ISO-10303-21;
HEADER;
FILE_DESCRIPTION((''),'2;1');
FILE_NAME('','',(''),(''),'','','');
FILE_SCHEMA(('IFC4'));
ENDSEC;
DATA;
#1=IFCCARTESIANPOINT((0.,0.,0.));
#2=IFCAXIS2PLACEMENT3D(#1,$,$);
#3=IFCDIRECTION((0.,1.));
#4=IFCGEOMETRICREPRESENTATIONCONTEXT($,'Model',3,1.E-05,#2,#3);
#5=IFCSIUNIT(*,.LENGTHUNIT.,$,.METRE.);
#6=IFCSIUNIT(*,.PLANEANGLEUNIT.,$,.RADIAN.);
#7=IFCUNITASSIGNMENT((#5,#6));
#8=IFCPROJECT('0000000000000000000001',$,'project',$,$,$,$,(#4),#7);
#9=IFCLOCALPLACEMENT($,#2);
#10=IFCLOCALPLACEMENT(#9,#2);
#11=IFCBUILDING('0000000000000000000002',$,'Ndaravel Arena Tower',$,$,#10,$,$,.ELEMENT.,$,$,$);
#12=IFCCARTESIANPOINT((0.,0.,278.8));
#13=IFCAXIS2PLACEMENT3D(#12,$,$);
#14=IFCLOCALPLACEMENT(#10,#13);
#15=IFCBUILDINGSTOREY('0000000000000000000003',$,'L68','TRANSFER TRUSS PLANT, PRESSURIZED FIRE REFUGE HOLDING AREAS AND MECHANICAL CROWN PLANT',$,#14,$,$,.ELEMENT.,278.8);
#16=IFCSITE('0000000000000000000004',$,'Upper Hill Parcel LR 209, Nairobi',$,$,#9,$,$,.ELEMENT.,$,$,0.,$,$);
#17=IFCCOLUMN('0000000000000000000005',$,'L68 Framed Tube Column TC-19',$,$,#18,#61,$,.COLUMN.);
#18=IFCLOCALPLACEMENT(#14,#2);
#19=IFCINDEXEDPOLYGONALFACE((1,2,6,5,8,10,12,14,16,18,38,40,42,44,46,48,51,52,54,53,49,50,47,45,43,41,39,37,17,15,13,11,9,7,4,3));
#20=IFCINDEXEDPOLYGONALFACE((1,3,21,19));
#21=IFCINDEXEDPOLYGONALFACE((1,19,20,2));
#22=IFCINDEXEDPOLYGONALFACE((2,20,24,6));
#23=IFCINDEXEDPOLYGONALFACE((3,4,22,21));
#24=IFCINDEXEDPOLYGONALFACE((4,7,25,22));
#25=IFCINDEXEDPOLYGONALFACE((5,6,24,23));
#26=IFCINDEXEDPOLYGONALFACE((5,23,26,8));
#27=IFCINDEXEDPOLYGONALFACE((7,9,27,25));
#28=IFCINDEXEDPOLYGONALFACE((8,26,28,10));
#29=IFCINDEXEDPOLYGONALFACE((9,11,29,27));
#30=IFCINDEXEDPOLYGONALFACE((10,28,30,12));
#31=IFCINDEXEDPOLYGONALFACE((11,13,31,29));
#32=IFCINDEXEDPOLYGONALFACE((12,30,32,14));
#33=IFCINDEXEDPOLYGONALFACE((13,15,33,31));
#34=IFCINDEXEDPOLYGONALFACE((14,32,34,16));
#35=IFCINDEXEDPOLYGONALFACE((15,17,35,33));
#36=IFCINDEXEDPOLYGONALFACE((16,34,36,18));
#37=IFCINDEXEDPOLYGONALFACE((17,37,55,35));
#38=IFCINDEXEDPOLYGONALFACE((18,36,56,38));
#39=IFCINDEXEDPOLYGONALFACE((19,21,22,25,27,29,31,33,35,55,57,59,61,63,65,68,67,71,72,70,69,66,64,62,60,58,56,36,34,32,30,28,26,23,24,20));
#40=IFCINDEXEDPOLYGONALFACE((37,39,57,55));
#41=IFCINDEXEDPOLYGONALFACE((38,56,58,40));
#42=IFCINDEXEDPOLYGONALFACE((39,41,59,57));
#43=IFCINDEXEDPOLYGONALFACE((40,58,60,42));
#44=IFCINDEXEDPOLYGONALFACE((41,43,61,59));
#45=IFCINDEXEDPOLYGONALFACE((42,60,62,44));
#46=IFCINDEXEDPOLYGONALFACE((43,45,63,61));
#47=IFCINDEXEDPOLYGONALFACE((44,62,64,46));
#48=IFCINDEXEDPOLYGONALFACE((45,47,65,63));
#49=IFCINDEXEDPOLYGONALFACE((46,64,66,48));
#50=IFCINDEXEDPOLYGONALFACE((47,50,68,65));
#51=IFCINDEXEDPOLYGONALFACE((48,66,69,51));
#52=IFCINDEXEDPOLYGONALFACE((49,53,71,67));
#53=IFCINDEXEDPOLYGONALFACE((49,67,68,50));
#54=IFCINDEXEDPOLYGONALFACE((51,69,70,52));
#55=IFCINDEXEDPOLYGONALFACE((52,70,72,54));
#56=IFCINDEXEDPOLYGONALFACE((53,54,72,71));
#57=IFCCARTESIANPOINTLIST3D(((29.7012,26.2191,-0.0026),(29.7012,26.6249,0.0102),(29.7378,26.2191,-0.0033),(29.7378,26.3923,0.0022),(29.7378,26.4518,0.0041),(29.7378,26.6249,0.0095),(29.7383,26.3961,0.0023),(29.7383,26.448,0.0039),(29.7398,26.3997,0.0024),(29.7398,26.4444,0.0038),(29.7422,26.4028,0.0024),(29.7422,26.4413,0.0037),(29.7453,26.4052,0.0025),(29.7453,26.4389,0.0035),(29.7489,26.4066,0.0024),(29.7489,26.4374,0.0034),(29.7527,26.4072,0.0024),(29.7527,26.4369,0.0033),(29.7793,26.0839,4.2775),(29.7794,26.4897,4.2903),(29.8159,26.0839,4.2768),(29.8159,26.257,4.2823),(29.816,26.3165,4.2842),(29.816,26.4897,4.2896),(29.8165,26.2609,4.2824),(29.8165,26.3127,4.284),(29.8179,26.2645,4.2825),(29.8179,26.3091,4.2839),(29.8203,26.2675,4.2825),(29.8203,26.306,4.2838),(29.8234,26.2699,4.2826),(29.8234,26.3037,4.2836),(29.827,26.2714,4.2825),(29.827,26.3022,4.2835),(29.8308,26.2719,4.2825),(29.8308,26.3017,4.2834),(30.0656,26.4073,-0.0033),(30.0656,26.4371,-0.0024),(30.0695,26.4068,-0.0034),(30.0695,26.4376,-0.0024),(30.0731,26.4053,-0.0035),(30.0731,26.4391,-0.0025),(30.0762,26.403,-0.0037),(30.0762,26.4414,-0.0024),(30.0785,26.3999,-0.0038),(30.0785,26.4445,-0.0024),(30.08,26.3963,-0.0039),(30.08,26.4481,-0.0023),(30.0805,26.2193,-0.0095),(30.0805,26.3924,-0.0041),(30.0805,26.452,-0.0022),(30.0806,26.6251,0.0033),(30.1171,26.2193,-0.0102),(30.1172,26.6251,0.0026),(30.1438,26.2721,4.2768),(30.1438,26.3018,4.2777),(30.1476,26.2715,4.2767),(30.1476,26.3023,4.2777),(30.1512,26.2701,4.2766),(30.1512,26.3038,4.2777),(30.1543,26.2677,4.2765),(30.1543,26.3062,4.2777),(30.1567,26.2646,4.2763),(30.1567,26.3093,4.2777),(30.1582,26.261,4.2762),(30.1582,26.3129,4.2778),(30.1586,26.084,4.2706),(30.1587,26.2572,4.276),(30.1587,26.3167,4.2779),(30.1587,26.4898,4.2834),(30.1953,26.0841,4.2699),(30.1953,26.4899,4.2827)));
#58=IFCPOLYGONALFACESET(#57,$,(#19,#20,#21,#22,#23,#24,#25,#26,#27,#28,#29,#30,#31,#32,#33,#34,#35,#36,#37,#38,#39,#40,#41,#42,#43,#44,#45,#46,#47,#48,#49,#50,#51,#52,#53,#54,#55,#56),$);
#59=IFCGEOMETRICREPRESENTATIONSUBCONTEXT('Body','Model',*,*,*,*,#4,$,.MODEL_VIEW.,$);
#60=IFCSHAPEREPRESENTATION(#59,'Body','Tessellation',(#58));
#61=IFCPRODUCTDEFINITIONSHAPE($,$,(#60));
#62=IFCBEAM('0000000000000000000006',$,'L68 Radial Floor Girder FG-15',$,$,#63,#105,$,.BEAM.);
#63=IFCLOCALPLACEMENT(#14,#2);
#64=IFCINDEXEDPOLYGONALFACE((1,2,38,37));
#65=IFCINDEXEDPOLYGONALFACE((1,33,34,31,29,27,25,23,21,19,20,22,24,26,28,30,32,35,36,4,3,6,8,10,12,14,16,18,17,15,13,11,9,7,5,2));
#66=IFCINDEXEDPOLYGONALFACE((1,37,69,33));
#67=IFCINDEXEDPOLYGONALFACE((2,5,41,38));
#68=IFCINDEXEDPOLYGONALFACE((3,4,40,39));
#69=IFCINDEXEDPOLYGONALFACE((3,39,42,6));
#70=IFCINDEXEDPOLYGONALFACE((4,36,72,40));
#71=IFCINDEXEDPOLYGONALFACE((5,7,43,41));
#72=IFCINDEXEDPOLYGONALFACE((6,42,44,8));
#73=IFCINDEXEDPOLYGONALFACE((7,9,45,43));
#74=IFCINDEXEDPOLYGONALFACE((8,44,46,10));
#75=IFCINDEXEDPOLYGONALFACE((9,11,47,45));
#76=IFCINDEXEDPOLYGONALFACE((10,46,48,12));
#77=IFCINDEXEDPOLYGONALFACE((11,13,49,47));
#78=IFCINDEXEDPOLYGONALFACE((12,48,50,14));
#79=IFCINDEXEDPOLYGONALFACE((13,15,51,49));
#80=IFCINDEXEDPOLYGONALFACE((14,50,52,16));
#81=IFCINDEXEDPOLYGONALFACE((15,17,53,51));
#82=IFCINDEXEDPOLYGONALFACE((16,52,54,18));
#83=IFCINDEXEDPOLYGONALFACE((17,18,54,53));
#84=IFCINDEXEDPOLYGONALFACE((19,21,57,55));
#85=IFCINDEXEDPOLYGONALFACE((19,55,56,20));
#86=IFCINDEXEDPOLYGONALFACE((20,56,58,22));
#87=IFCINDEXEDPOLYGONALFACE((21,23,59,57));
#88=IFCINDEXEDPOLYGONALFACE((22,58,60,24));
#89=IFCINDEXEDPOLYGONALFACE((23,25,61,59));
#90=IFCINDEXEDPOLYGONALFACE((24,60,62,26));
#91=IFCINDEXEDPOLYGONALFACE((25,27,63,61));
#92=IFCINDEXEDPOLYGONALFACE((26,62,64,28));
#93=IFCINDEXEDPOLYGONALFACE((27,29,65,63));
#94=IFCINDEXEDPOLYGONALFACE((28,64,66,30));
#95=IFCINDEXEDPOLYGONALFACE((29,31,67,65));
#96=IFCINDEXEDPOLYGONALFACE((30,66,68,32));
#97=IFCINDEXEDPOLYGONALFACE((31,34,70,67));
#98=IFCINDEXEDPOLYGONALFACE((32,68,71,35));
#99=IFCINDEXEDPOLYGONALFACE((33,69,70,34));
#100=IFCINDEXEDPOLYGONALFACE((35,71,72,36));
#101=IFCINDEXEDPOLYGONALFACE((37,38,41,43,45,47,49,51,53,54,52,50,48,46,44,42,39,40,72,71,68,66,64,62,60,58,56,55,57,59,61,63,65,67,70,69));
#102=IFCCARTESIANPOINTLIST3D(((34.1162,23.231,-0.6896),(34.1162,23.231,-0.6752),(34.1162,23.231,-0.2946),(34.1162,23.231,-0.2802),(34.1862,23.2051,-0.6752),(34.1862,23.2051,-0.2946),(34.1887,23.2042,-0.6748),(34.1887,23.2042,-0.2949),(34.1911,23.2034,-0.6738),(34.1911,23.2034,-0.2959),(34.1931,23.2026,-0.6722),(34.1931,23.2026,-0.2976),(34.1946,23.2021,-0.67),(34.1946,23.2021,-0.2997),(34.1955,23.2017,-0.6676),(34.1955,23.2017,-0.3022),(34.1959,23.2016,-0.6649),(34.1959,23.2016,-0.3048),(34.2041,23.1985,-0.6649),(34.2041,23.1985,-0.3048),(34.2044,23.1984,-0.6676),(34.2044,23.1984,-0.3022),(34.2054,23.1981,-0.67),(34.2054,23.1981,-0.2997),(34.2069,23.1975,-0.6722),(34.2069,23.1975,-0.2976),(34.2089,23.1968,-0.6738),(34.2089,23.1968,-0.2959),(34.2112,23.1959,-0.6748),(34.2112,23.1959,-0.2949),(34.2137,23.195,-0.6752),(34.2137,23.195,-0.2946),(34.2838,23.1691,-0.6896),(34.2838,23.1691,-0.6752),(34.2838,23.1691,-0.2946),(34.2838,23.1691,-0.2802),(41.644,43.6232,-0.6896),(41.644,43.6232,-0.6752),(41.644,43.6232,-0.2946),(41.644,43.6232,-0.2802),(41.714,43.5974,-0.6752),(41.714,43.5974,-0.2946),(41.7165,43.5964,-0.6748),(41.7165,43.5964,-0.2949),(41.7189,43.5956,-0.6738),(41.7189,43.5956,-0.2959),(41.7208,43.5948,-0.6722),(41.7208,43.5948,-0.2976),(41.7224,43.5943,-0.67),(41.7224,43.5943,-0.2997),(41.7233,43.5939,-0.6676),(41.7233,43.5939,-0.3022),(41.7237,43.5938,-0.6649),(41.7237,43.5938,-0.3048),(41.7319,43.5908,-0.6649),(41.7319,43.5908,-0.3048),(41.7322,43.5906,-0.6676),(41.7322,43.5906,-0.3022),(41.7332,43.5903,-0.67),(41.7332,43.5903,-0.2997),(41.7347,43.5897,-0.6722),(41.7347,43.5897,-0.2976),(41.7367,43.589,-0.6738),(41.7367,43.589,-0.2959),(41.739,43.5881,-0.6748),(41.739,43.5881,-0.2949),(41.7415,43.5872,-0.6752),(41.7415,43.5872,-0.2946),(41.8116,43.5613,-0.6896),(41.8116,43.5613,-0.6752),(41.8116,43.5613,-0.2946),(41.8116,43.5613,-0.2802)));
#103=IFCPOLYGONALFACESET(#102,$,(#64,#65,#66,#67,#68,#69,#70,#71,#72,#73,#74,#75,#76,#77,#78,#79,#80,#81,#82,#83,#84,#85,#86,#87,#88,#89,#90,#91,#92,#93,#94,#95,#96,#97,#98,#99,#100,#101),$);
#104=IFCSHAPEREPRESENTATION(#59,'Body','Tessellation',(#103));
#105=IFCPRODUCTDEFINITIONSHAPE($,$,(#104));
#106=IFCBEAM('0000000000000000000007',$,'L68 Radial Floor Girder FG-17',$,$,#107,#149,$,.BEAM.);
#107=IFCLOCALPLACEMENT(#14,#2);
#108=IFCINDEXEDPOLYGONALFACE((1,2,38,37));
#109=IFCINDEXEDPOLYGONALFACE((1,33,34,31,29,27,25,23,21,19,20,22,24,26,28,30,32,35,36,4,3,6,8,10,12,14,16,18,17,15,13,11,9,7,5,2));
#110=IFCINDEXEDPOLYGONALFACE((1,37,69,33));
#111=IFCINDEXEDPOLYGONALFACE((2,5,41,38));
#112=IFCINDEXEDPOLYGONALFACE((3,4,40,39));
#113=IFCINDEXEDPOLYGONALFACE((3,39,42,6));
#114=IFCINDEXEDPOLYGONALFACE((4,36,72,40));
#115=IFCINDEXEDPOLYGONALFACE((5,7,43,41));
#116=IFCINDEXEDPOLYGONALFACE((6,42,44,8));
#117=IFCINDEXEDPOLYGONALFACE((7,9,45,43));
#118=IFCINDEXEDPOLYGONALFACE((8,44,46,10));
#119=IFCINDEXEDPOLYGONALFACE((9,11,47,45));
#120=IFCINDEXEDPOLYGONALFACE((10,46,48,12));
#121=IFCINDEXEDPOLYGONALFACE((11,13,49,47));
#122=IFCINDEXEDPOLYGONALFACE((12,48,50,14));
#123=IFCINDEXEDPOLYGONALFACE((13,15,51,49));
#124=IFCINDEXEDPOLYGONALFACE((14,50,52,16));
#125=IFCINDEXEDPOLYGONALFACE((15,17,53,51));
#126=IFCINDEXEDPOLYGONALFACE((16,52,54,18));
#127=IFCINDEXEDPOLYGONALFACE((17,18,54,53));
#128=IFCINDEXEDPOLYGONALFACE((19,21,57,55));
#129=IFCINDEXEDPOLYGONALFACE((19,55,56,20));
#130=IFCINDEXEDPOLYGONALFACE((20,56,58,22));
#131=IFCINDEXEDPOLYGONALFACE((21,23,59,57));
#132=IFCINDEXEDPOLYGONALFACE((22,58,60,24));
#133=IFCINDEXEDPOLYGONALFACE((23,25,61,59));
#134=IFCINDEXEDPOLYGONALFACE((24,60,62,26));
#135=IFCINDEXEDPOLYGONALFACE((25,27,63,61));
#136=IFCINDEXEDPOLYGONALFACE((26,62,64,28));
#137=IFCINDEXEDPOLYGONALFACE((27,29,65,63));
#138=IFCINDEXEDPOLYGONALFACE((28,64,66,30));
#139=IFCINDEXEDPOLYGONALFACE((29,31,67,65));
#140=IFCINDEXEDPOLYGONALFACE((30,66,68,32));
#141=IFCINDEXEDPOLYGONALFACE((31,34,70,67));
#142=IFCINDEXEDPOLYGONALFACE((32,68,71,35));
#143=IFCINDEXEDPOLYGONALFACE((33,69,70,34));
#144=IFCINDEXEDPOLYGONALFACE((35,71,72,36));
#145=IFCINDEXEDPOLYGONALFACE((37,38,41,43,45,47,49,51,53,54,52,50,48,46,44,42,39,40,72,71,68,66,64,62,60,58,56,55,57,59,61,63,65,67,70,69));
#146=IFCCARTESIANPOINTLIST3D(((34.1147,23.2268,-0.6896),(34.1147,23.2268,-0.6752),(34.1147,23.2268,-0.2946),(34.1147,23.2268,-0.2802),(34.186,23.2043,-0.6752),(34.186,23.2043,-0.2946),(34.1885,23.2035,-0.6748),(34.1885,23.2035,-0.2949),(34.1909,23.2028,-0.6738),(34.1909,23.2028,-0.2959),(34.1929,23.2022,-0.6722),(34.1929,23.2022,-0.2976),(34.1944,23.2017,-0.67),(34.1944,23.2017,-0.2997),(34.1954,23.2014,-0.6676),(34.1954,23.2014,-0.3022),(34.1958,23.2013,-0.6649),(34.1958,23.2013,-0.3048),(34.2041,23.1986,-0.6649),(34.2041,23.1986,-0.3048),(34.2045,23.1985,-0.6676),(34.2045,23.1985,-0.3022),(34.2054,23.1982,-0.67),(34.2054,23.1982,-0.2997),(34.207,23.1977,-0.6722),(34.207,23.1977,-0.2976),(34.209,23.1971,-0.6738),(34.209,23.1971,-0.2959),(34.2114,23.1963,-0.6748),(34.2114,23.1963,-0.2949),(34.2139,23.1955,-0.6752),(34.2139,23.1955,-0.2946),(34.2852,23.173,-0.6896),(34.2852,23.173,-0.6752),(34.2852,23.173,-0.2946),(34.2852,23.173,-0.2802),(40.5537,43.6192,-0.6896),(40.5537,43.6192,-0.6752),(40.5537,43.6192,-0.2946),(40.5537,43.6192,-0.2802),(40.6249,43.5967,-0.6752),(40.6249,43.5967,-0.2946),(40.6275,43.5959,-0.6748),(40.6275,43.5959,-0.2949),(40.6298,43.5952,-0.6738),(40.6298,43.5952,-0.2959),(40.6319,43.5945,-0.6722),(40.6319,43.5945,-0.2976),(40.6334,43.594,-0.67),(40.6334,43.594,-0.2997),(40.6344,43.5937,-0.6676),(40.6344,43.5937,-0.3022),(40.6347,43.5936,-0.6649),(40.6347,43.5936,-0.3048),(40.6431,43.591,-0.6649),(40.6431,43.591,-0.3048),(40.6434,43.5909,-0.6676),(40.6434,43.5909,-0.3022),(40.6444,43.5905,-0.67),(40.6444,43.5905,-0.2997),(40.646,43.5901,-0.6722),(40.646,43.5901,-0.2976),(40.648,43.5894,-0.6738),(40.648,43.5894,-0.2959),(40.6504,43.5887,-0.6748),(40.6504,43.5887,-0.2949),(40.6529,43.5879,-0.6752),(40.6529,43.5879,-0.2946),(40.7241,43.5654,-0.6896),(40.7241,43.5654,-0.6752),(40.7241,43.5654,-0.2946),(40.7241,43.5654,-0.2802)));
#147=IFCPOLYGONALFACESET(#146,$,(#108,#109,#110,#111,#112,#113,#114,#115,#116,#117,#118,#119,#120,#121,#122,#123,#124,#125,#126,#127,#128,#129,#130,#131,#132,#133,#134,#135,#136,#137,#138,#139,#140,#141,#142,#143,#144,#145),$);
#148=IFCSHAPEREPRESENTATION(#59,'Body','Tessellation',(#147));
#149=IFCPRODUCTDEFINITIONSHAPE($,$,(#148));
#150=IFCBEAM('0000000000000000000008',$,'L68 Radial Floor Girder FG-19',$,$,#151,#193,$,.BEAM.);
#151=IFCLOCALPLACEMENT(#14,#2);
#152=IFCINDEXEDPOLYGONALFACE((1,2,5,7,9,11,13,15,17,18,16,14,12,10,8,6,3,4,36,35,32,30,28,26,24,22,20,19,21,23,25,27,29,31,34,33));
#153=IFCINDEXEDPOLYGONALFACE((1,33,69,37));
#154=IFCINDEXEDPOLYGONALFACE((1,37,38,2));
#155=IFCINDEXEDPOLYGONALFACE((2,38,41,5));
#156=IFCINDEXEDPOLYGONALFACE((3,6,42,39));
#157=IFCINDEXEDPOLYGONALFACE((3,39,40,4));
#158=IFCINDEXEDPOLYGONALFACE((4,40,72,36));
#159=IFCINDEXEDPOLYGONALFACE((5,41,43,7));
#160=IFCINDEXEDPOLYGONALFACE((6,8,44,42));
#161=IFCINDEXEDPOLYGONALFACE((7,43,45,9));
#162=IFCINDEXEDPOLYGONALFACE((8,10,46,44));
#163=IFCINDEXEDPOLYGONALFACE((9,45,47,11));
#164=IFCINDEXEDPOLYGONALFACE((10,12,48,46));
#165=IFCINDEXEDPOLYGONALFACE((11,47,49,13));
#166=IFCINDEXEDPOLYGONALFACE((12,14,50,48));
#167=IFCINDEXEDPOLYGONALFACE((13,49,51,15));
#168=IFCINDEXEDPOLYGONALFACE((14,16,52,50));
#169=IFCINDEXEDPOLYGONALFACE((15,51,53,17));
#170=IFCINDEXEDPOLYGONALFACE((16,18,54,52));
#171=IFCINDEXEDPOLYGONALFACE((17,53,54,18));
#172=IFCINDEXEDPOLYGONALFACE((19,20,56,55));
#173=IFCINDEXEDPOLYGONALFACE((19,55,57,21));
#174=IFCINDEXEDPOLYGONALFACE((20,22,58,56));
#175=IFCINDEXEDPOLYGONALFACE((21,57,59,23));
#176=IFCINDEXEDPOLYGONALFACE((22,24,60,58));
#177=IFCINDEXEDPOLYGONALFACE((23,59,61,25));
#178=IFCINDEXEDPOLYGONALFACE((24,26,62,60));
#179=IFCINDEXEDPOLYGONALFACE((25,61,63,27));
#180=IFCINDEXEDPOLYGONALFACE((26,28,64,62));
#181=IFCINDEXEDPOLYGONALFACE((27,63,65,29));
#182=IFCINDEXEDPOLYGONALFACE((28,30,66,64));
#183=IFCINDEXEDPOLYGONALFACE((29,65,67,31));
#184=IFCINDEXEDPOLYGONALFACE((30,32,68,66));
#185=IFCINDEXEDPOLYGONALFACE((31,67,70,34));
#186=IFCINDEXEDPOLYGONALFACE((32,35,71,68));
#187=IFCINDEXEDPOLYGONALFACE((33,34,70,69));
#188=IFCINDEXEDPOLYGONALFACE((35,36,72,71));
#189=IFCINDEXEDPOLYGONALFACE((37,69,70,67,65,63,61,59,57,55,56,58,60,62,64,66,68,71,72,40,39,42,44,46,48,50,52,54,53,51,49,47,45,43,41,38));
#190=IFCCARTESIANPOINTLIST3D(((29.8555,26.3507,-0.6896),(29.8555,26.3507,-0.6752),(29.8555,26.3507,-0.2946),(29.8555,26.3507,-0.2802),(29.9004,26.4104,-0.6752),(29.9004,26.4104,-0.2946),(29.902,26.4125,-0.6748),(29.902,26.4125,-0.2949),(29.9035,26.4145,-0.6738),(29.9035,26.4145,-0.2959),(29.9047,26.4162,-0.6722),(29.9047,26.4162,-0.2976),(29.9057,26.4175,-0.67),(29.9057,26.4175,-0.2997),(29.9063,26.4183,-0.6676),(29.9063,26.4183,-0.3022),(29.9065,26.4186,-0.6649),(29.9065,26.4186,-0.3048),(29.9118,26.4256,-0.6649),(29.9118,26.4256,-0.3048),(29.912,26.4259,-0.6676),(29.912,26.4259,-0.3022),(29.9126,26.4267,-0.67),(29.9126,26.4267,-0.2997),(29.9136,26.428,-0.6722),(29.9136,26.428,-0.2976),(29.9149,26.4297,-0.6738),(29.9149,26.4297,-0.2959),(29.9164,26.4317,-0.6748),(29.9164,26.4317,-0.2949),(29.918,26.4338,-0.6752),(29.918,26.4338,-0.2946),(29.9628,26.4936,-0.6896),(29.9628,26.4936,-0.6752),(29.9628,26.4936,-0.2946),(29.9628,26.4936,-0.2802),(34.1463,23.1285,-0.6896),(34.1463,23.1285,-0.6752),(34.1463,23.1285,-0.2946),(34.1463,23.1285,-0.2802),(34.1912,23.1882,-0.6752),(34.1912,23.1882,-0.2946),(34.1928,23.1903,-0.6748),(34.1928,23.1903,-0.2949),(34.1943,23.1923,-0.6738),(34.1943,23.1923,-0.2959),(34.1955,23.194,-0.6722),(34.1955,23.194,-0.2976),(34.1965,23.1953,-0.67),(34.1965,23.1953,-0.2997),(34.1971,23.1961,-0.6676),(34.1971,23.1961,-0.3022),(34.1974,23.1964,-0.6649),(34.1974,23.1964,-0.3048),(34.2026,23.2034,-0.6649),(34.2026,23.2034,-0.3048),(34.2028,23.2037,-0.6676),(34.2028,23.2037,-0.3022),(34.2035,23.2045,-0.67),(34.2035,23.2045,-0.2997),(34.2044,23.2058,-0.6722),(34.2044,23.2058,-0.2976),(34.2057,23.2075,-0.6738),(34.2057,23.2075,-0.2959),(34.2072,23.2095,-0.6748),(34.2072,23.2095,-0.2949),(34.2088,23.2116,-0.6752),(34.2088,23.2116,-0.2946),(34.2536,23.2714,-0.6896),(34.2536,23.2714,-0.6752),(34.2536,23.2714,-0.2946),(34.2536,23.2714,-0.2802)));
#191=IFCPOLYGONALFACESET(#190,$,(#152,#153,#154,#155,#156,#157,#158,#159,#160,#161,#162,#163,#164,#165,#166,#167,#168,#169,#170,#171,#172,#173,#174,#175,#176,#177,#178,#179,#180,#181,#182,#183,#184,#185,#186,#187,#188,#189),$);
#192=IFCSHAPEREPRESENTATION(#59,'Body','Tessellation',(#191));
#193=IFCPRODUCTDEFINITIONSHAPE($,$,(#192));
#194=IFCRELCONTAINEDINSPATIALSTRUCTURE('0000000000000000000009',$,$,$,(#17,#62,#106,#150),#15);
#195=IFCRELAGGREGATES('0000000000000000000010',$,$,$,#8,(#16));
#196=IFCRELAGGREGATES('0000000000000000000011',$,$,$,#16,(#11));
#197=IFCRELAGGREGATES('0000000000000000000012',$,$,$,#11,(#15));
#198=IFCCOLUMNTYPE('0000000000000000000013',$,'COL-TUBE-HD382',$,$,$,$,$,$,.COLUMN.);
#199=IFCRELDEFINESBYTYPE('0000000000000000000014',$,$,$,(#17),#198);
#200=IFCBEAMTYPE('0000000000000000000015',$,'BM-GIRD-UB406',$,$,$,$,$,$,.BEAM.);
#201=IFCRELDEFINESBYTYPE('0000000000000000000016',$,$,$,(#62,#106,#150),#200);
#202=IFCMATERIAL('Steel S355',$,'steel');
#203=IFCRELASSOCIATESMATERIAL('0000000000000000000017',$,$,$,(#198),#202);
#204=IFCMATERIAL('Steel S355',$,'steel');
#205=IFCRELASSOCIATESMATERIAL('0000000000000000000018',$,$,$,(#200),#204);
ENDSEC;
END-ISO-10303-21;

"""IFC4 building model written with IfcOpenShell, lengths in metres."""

from ifc_helpers import new_model, si_unit, direction, frame, origin, origin_2d, place, context, subcontext, project, spatial, i_section, extrude, material, material_profile, profile_set, type_object, element, save


model = new_model("IFC4")

# Units and contexts
model_context = context("Model", 3, precision=1e-05, world=origin(), true_north=direction((0.0, 1.0)))
body_context = subcontext(model_context, "Body", "Model", "MODEL_VIEW")
ifc_project = project(units=[si_unit("LENGTHUNIT", "METRE"), si_unit("PLANEANGLEUNIT", "RADIAN")], contexts=[model_context])

# Site, building, storey
site_placement = place(None, origin())
site = spatial("IfcSite", under=ifc_project, at=site_placement, Name="Upper Hill Parcel LR 209, Nairobi", CompositionType="ELEMENT", RefElevation=0.0)
building_placement = place(site_placement, origin())
building = spatial("IfcBuilding", under=site, at=building_placement, Name="Ndaravel Arena Tower", CompositionType="ELEMENT")
storey_placement = place(building_placement, frame((0.0, 0.0, 278.8)))
storey = spatial("IfcBuildingStorey", under=building, at=storey_placement, Name="L68", Description="TRANSFER TRUSS PLANT, PRESSURIZED FIRE REFUGE HOLDING AREAS AND MECHANICAL CROWN PLANT", CompositionType="ELEMENT", Elevation=278.8)

# Column
ifc_material_1 = material(Name="Steel S355", Category="steel")
ifc_material_profile_1 = material_profile(ifc_material_1, i_section(OverallWidth=0.406, OverallDepth=0.416, WebThickness=0.0298, FlangeThickness=0.0366, FilletRadius=0.0149, at=origin_2d()), Name="HD 400x382")
ifc_profile_set_1 = profile_set([ifc_material_profile_1], Name="Steel S355")
column_type = type_object("IfcColumnType", Name="COL-TUBE-HD382", PredefinedType="COLUMN", material=ifc_profile_set_1)
column_1_placement = place(storey_placement, frame((29.9092, 26.4221, 0.0), z_axis=(0.018241, -0.03158, 0.999335), x_axis=(0.000088, 0.999501, 0.031584)))
element("IfcColumn", 1, at=column_1_placement, inside=storey, type_object=column_type, Name="L68 Framed Tube Column TC-19", PredefinedType="COLUMN", context=body_context, shape_type="SweptSolid", body=[
    extrude(i_section(OverallWidth=0.406, OverallDepth=0.416, WebThickness=0.0298, FlangeThickness=0.0366, FilletRadius=0.0149, at=origin_2d()), origin(), (0.0, 0.0, 1.0), 4.283),
])

# Beams
ifc_material_2 = material(Name="Steel S355", Category="steel")
ifc_material_profile_2 = material_profile(ifc_material_2, i_section(OverallWidth=0.1787, OverallDepth=0.4094, WebThickness=0.0088, FlangeThickness=0.0144, FilletRadius=0.0103, at=origin_2d()), Name="UB 406x178x67")
ifc_profile_set_2 = profile_set([ifc_material_profile_2], Name="Steel S355")
beam_type_1 = type_object("IfcBeamType", Name="BM-GIRD-UB406", PredefinedType="BEAM", material=ifc_profile_set_2)
beam_1_placement = place(storey_placement, frame((41.7278, 43.5923, -0.4849), z_axis=(-0.346307, -0.938121, 0.0), x_axis=(0.938121, -0.346307, 0.0)))
element("IfcBeam", 2, at=beam_1_placement, inside=storey, type_object=beam_type_1, Name="L68 Radial Floor Girder FG-15", PredefinedType="BEAM", context=body_context, shape_type="SweptSolid", body=[
    extrude(i_section(OverallWidth=0.1787, OverallDepth=0.4094, WebThickness=0.0088, FlangeThickness=0.0144, FilletRadius=0.0103, at=origin_2d()), origin(), (0.0, 0.0, 1.0), 21.7373),
])
beam_2_placement = place(storey_placement, frame((40.6389, 43.5923, -0.4849), z_axis=(-0.301101, -0.953592, 0.0), x_axis=(0.953592, -0.301101, 0.0)))
element("IfcBeam", 3, at=beam_2_placement, inside=storey, type_object=beam_type_1, Name="L68 Radial Floor Girder FG-17", PredefinedType="BEAM", context=body_context, shape_type="SweptSolid", body=[
    extrude(i_section(OverallWidth=0.1787, OverallDepth=0.4094, WebThickness=0.0088, FlangeThickness=0.0144, FilletRadius=0.0103, at=origin_2d()), origin(), (0.0, 0.0, 1.0), 21.3848),
])
beam_3_placement = place(storey_placement, frame((29.9092, 26.4221, -0.4849), z_axis=(0.799634, -0.600488, 0.0), x_axis=(0.600488, 0.799634, 0.0)))
element("IfcBeam", 4, at=beam_3_placement, inside=storey, type_object=beam_type_1, Name="L68 Radial Floor Girder FG-19", PredefinedType="BEAM", context=body_context, shape_type="SweptSolid", body=[
    extrude(i_section(OverallWidth=0.1787, OverallDepth=0.4094, WebThickness=0.0088, FlangeThickness=0.0144, FilletRadius=0.0103, at=origin_2d()), origin(), (0.0, 0.0, 1.0), 5.366),
])

save(model, "model.ifc")
